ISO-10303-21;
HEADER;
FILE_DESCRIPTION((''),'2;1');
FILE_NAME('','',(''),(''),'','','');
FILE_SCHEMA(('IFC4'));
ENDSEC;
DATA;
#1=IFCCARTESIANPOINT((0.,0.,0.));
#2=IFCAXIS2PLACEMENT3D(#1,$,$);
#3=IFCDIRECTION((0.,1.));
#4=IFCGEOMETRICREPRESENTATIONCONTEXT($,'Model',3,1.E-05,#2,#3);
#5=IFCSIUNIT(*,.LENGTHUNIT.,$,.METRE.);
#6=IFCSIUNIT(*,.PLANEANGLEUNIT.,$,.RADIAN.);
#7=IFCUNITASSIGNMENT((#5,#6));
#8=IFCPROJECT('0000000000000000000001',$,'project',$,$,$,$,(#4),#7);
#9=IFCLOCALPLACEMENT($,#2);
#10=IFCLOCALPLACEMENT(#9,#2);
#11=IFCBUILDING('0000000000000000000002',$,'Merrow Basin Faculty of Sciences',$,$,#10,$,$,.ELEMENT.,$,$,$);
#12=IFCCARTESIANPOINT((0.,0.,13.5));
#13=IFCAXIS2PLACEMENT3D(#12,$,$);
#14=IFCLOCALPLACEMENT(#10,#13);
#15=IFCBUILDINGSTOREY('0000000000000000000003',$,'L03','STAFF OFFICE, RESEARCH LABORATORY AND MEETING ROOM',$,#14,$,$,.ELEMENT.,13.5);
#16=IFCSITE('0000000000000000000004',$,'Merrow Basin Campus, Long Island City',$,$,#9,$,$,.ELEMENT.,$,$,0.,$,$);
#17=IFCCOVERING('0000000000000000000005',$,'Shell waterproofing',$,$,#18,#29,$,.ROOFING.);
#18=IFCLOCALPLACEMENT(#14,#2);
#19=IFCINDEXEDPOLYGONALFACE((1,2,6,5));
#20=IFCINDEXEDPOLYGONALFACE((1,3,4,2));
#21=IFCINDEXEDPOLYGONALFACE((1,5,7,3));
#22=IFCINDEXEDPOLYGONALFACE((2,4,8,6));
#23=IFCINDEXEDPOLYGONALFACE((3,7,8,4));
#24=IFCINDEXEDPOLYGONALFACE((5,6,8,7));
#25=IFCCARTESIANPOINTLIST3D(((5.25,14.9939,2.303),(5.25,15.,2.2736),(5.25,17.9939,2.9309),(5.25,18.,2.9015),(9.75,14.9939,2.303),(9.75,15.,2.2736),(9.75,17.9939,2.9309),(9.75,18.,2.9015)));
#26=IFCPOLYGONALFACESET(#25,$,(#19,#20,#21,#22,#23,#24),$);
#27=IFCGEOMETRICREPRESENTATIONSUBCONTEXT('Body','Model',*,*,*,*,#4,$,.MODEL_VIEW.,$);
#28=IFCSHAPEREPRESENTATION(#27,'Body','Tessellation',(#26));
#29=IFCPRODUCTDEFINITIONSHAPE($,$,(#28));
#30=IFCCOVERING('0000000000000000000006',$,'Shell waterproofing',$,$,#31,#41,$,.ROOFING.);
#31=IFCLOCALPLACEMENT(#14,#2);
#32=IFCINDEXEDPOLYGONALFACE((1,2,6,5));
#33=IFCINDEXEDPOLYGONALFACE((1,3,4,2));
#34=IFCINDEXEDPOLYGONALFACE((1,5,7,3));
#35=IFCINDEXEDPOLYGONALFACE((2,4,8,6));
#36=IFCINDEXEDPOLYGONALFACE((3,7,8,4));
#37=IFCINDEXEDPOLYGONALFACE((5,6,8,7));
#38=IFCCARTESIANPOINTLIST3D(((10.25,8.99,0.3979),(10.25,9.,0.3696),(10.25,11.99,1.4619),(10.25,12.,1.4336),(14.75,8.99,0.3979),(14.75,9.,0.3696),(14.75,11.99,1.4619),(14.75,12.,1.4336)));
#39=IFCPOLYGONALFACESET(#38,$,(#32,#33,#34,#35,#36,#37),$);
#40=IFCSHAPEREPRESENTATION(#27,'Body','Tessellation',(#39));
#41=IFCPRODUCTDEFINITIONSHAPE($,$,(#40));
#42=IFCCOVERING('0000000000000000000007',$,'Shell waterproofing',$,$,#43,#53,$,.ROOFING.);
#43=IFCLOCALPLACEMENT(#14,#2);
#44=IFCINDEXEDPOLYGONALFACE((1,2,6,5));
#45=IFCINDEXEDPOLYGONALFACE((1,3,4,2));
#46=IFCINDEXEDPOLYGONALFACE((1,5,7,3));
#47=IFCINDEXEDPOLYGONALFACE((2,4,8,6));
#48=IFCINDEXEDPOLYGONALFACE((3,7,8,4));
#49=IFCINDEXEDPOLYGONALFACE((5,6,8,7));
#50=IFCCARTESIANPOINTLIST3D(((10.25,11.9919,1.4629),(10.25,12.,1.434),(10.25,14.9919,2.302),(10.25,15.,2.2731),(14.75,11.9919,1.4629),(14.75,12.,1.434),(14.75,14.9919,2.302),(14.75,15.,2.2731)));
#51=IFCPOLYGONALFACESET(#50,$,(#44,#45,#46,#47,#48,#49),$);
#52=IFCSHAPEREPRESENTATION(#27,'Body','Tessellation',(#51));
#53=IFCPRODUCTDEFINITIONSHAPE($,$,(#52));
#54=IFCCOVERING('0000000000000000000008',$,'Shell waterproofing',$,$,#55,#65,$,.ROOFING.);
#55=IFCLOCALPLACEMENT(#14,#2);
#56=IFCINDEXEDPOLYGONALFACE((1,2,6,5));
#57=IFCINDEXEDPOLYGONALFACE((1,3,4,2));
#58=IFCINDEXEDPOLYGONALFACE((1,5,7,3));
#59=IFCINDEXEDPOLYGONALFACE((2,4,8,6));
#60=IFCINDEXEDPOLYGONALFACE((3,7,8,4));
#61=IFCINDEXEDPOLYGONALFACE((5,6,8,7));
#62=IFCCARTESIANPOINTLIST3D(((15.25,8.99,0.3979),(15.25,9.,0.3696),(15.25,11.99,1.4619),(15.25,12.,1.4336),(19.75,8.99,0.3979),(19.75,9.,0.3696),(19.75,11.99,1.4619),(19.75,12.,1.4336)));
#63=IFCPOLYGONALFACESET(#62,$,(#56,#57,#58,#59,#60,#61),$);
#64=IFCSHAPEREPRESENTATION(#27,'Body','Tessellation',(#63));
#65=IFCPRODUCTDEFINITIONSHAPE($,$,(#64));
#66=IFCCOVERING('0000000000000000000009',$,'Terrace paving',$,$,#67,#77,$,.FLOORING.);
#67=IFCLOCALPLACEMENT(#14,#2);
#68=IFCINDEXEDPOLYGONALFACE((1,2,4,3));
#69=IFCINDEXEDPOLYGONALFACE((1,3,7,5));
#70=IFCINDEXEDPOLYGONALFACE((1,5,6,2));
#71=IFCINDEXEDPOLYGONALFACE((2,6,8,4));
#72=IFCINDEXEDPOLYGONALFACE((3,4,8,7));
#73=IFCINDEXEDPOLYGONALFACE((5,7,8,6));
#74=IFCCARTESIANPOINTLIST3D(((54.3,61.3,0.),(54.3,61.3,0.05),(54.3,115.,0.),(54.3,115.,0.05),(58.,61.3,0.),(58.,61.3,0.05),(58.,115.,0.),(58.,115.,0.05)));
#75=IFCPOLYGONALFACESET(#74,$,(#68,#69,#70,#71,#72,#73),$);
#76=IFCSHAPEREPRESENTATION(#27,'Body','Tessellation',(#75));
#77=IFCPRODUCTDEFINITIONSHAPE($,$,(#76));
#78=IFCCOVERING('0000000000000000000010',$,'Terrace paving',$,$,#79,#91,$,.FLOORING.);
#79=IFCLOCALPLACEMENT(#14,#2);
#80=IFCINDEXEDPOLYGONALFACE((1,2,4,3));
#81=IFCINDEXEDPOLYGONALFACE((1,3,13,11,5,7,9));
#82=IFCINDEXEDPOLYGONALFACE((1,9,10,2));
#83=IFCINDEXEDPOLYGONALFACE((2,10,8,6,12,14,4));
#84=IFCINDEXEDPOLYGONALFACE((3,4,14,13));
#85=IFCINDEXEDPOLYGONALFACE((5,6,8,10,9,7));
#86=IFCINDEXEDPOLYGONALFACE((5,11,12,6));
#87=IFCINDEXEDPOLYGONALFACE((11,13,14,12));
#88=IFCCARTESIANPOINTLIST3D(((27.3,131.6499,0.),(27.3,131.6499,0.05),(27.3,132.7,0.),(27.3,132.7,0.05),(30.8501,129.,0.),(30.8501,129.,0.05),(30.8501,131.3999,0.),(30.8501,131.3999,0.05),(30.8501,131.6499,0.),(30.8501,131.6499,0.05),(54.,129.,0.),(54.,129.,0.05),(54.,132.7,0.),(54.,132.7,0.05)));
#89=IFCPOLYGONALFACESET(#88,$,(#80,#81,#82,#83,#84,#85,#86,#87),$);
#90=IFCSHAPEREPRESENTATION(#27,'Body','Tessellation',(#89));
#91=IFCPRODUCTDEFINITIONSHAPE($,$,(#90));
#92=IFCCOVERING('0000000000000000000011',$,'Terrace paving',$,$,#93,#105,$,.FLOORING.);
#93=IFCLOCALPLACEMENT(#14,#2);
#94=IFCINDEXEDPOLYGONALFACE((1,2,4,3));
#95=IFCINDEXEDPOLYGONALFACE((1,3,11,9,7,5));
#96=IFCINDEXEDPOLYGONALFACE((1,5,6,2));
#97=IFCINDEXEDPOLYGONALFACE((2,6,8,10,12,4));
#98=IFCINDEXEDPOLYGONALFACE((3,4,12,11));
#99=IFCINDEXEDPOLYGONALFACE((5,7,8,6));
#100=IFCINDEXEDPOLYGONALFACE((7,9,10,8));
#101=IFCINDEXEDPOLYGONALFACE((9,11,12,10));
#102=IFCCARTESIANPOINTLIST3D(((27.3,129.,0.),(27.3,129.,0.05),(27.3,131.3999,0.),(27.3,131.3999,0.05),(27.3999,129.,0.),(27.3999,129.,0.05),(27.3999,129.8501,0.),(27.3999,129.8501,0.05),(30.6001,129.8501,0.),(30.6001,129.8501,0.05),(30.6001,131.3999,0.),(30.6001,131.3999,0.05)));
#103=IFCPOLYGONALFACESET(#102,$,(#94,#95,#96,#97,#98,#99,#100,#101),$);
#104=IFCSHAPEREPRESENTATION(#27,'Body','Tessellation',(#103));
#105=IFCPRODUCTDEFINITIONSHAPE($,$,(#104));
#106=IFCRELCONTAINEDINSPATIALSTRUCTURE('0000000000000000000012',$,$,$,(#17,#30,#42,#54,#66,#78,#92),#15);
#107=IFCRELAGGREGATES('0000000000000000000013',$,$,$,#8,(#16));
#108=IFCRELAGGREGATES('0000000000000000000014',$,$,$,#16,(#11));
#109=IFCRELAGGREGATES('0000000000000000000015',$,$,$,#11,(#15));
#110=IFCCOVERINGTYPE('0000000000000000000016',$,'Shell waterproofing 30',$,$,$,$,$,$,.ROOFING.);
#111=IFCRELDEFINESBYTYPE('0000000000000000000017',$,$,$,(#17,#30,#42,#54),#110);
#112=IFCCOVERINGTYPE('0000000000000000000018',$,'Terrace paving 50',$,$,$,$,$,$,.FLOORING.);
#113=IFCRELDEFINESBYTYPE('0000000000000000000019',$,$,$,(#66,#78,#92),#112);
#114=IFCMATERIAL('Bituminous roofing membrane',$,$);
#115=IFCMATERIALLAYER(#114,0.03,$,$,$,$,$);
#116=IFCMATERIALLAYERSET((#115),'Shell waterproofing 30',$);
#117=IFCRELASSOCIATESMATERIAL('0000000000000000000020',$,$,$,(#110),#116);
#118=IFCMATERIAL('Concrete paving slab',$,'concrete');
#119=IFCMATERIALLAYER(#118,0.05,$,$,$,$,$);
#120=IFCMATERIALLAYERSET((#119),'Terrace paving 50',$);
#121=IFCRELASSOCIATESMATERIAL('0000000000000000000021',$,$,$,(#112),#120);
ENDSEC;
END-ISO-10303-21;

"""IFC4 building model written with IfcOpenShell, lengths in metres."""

from ifc_helpers import new_model, si_unit, direction, frame, origin, place, context, subcontext, project, spatial, polyline, outline, extrude, material, layer, layer_set, type_object, element, save


model = new_model("IFC4")

# Units and contexts
model_context = context("Model", 3, precision=1e-05, world=origin(), true_north=direction((0.0, 1.0)))
body_context = subcontext(model_context, "Body", "Model", "MODEL_VIEW")
ifc_project = project(units=[si_unit("LENGTHUNIT", "METRE"), si_unit("PLANEANGLEUNIT", "RADIAN")], contexts=[model_context])

# Site, building, storey
site_placement = place(None, origin())
site = spatial("IfcSite", under=ifc_project, at=site_placement, Name="Merrow Basin Campus, Long Island City", CompositionType="ELEMENT", RefElevation=0.0)
building_placement = place(site_placement, origin())
building = spatial("IfcBuilding", under=site, at=building_placement, Name="Merrow Basin Faculty of Sciences", CompositionType="ELEMENT")
storey_placement = place(building_placement, frame((0.0, 0.0, 13.5)))
storey = spatial("IfcBuildingStorey", under=building, at=storey_placement, Name="L03", Description="STAFF OFFICE, RESEARCH LABORATORY AND MEETING ROOM", CompositionType="ELEMENT", Elevation=13.5)

# Coverings
ifc_material_1 = material(Name="Bituminous roofing membrane")
ifc_layer_1 = layer(ifc_material_1, 0.03)
ifc_layer_set_1 = layer_set([ifc_layer_1], Name="Shell waterproofing 30")
covering_type_1 = type_object("IfcCoveringType", Name="Shell waterproofing 30", PredefinedType="ROOFING", material=ifc_layer_set_1)
covering_1_placement = place(storey_placement, frame((5.25, 14.9939, 2.303), z_axis=(0.0, -0.20487, 0.978789), x_axis=(1.0, 0.0, 0.0)))
element("IfcCovering", 1, at=covering_1_placement, inside=storey, type_object=covering_type_1, Name="Shell waterproofing", PredefinedType="ROOFING", context=body_context, shape_type="SweptSolid", body=[
    extrude(outline(polyline([(0.0, 0.0), (4.5, 0.0), (4.5, 3.065), (0.0, 3.065), (0.0, 0.0)])), origin(), (0.0, 0.0, -1.0), 0.03),
])
covering_2_placement = place(storey_placement, frame((10.25, 8.99, 0.3979), z_axis=(0.0, -0.334256, 0.942482), x_axis=(1.0, 0.0, 0.0)))
element("IfcCovering", 2, at=covering_2_placement, inside=storey, type_object=covering_type_1, Name="Shell waterproofing", PredefinedType="ROOFING", context=body_context, shape_type="SweptSolid", body=[
    extrude(outline(polyline([(0.0, 0.0), (4.5, 0.0), (4.5, 3.1831), (0.0, 3.1831), (0.0, 0.0)])), origin(), (0.0, 0.0, -1.0), 0.03),
])
covering_3_placement = place(storey_placement, frame((10.25, 11.9919, 1.4629), z_axis=(0.0, -0.269365, 0.963038), x_axis=(1.0, 0.0, 0.0)))
element("IfcCovering", 3, at=covering_3_placement, inside=storey, type_object=covering_type_1, Name="Shell waterproofing", PredefinedType="ROOFING", context=body_context, shape_type="SweptSolid", body=[
    extrude(outline(polyline([(0.0, 0.0), (4.5, 0.0), (4.5, 3.1151), (0.0, 3.1151), (0.0, 0.0)])), origin(), (0.0, 0.0, -1.0), 0.03),
])
covering_4_placement = place(storey_placement, frame((15.25, 8.99, 0.3979), z_axis=(0.0, -0.334256, 0.942482), x_axis=(1.0, 0.0, 0.0)))
element("IfcCovering", 4, at=covering_4_placement, inside=storey, type_object=covering_type_1, Name="Shell waterproofing", PredefinedType="ROOFING", context=body_context, shape_type="SweptSolid", body=[
    extrude(outline(polyline([(0.0, 0.0), (4.5, 0.0), (4.5, 3.1831), (0.0, 3.1831), (0.0, 0.0)])), origin(), (0.0, 0.0, -1.0), 0.03),
])
ifc_material_2 = material(Name="Concrete paving slab", Category="concrete")
ifc_layer_2 = layer(ifc_material_2, 0.05)
ifc_layer_set_2 = layer_set([ifc_layer_2], Name="Terrace paving 50")
covering_type_2 = type_object("IfcCoveringType", Name="Terrace paving 50", PredefinedType="FLOORING", material=ifc_layer_set_2)
covering_5_placement = place(storey_placement, origin())
element("IfcCovering", 5, at=covering_5_placement, inside=storey, type_object=covering_type_2, Name="Terrace paving", PredefinedType="FLOORING", context=body_context, shape_type="SweptSolid", body=[
    extrude(outline(polyline([(54.3, 61.3), (54.3, 115.0), (58.0, 115.0), (58.0, 61.3), (54.3, 61.3)])), origin(), (0.0, 0.0, 1.0), 0.05),
])
covering_6_placement = place(storey_placement, origin())
element("IfcCovering", 6, at=covering_6_placement, inside=storey, type_object=covering_type_2, Name="Terrace paving", PredefinedType="FLOORING", context=body_context, shape_type="SweptSolid", body=[
    extrude(outline(polyline([(30.8501, 131.3999), (30.8501, 131.6499), (27.3, 131.6499), (27.3, 132.7), (54.0, 132.7), (54.0, 129.0), (30.8501, 129.0), (30.8501, 131.3999)])), origin(), (0.0, 0.0, 1.0), 0.05),
])
covering_7_placement = place(storey_placement, origin())
element("IfcCovering", 7, at=covering_7_placement, inside=storey, type_object=covering_type_2, Name="Terrace paving", PredefinedType="FLOORING", context=body_context, shape_type="SweptSolid", body=[
    extrude(outline(polyline([(30.6001, 131.3999), (30.6001, 129.8501), (27.3999, 129.8501), (27.3999, 129.0), (27.3, 129.0), (27.3, 131.3999), (30.6001, 131.3999)])), origin(), (0.0, 0.0, 1.0), 0.05),
])

save(model, "model.ifc")
